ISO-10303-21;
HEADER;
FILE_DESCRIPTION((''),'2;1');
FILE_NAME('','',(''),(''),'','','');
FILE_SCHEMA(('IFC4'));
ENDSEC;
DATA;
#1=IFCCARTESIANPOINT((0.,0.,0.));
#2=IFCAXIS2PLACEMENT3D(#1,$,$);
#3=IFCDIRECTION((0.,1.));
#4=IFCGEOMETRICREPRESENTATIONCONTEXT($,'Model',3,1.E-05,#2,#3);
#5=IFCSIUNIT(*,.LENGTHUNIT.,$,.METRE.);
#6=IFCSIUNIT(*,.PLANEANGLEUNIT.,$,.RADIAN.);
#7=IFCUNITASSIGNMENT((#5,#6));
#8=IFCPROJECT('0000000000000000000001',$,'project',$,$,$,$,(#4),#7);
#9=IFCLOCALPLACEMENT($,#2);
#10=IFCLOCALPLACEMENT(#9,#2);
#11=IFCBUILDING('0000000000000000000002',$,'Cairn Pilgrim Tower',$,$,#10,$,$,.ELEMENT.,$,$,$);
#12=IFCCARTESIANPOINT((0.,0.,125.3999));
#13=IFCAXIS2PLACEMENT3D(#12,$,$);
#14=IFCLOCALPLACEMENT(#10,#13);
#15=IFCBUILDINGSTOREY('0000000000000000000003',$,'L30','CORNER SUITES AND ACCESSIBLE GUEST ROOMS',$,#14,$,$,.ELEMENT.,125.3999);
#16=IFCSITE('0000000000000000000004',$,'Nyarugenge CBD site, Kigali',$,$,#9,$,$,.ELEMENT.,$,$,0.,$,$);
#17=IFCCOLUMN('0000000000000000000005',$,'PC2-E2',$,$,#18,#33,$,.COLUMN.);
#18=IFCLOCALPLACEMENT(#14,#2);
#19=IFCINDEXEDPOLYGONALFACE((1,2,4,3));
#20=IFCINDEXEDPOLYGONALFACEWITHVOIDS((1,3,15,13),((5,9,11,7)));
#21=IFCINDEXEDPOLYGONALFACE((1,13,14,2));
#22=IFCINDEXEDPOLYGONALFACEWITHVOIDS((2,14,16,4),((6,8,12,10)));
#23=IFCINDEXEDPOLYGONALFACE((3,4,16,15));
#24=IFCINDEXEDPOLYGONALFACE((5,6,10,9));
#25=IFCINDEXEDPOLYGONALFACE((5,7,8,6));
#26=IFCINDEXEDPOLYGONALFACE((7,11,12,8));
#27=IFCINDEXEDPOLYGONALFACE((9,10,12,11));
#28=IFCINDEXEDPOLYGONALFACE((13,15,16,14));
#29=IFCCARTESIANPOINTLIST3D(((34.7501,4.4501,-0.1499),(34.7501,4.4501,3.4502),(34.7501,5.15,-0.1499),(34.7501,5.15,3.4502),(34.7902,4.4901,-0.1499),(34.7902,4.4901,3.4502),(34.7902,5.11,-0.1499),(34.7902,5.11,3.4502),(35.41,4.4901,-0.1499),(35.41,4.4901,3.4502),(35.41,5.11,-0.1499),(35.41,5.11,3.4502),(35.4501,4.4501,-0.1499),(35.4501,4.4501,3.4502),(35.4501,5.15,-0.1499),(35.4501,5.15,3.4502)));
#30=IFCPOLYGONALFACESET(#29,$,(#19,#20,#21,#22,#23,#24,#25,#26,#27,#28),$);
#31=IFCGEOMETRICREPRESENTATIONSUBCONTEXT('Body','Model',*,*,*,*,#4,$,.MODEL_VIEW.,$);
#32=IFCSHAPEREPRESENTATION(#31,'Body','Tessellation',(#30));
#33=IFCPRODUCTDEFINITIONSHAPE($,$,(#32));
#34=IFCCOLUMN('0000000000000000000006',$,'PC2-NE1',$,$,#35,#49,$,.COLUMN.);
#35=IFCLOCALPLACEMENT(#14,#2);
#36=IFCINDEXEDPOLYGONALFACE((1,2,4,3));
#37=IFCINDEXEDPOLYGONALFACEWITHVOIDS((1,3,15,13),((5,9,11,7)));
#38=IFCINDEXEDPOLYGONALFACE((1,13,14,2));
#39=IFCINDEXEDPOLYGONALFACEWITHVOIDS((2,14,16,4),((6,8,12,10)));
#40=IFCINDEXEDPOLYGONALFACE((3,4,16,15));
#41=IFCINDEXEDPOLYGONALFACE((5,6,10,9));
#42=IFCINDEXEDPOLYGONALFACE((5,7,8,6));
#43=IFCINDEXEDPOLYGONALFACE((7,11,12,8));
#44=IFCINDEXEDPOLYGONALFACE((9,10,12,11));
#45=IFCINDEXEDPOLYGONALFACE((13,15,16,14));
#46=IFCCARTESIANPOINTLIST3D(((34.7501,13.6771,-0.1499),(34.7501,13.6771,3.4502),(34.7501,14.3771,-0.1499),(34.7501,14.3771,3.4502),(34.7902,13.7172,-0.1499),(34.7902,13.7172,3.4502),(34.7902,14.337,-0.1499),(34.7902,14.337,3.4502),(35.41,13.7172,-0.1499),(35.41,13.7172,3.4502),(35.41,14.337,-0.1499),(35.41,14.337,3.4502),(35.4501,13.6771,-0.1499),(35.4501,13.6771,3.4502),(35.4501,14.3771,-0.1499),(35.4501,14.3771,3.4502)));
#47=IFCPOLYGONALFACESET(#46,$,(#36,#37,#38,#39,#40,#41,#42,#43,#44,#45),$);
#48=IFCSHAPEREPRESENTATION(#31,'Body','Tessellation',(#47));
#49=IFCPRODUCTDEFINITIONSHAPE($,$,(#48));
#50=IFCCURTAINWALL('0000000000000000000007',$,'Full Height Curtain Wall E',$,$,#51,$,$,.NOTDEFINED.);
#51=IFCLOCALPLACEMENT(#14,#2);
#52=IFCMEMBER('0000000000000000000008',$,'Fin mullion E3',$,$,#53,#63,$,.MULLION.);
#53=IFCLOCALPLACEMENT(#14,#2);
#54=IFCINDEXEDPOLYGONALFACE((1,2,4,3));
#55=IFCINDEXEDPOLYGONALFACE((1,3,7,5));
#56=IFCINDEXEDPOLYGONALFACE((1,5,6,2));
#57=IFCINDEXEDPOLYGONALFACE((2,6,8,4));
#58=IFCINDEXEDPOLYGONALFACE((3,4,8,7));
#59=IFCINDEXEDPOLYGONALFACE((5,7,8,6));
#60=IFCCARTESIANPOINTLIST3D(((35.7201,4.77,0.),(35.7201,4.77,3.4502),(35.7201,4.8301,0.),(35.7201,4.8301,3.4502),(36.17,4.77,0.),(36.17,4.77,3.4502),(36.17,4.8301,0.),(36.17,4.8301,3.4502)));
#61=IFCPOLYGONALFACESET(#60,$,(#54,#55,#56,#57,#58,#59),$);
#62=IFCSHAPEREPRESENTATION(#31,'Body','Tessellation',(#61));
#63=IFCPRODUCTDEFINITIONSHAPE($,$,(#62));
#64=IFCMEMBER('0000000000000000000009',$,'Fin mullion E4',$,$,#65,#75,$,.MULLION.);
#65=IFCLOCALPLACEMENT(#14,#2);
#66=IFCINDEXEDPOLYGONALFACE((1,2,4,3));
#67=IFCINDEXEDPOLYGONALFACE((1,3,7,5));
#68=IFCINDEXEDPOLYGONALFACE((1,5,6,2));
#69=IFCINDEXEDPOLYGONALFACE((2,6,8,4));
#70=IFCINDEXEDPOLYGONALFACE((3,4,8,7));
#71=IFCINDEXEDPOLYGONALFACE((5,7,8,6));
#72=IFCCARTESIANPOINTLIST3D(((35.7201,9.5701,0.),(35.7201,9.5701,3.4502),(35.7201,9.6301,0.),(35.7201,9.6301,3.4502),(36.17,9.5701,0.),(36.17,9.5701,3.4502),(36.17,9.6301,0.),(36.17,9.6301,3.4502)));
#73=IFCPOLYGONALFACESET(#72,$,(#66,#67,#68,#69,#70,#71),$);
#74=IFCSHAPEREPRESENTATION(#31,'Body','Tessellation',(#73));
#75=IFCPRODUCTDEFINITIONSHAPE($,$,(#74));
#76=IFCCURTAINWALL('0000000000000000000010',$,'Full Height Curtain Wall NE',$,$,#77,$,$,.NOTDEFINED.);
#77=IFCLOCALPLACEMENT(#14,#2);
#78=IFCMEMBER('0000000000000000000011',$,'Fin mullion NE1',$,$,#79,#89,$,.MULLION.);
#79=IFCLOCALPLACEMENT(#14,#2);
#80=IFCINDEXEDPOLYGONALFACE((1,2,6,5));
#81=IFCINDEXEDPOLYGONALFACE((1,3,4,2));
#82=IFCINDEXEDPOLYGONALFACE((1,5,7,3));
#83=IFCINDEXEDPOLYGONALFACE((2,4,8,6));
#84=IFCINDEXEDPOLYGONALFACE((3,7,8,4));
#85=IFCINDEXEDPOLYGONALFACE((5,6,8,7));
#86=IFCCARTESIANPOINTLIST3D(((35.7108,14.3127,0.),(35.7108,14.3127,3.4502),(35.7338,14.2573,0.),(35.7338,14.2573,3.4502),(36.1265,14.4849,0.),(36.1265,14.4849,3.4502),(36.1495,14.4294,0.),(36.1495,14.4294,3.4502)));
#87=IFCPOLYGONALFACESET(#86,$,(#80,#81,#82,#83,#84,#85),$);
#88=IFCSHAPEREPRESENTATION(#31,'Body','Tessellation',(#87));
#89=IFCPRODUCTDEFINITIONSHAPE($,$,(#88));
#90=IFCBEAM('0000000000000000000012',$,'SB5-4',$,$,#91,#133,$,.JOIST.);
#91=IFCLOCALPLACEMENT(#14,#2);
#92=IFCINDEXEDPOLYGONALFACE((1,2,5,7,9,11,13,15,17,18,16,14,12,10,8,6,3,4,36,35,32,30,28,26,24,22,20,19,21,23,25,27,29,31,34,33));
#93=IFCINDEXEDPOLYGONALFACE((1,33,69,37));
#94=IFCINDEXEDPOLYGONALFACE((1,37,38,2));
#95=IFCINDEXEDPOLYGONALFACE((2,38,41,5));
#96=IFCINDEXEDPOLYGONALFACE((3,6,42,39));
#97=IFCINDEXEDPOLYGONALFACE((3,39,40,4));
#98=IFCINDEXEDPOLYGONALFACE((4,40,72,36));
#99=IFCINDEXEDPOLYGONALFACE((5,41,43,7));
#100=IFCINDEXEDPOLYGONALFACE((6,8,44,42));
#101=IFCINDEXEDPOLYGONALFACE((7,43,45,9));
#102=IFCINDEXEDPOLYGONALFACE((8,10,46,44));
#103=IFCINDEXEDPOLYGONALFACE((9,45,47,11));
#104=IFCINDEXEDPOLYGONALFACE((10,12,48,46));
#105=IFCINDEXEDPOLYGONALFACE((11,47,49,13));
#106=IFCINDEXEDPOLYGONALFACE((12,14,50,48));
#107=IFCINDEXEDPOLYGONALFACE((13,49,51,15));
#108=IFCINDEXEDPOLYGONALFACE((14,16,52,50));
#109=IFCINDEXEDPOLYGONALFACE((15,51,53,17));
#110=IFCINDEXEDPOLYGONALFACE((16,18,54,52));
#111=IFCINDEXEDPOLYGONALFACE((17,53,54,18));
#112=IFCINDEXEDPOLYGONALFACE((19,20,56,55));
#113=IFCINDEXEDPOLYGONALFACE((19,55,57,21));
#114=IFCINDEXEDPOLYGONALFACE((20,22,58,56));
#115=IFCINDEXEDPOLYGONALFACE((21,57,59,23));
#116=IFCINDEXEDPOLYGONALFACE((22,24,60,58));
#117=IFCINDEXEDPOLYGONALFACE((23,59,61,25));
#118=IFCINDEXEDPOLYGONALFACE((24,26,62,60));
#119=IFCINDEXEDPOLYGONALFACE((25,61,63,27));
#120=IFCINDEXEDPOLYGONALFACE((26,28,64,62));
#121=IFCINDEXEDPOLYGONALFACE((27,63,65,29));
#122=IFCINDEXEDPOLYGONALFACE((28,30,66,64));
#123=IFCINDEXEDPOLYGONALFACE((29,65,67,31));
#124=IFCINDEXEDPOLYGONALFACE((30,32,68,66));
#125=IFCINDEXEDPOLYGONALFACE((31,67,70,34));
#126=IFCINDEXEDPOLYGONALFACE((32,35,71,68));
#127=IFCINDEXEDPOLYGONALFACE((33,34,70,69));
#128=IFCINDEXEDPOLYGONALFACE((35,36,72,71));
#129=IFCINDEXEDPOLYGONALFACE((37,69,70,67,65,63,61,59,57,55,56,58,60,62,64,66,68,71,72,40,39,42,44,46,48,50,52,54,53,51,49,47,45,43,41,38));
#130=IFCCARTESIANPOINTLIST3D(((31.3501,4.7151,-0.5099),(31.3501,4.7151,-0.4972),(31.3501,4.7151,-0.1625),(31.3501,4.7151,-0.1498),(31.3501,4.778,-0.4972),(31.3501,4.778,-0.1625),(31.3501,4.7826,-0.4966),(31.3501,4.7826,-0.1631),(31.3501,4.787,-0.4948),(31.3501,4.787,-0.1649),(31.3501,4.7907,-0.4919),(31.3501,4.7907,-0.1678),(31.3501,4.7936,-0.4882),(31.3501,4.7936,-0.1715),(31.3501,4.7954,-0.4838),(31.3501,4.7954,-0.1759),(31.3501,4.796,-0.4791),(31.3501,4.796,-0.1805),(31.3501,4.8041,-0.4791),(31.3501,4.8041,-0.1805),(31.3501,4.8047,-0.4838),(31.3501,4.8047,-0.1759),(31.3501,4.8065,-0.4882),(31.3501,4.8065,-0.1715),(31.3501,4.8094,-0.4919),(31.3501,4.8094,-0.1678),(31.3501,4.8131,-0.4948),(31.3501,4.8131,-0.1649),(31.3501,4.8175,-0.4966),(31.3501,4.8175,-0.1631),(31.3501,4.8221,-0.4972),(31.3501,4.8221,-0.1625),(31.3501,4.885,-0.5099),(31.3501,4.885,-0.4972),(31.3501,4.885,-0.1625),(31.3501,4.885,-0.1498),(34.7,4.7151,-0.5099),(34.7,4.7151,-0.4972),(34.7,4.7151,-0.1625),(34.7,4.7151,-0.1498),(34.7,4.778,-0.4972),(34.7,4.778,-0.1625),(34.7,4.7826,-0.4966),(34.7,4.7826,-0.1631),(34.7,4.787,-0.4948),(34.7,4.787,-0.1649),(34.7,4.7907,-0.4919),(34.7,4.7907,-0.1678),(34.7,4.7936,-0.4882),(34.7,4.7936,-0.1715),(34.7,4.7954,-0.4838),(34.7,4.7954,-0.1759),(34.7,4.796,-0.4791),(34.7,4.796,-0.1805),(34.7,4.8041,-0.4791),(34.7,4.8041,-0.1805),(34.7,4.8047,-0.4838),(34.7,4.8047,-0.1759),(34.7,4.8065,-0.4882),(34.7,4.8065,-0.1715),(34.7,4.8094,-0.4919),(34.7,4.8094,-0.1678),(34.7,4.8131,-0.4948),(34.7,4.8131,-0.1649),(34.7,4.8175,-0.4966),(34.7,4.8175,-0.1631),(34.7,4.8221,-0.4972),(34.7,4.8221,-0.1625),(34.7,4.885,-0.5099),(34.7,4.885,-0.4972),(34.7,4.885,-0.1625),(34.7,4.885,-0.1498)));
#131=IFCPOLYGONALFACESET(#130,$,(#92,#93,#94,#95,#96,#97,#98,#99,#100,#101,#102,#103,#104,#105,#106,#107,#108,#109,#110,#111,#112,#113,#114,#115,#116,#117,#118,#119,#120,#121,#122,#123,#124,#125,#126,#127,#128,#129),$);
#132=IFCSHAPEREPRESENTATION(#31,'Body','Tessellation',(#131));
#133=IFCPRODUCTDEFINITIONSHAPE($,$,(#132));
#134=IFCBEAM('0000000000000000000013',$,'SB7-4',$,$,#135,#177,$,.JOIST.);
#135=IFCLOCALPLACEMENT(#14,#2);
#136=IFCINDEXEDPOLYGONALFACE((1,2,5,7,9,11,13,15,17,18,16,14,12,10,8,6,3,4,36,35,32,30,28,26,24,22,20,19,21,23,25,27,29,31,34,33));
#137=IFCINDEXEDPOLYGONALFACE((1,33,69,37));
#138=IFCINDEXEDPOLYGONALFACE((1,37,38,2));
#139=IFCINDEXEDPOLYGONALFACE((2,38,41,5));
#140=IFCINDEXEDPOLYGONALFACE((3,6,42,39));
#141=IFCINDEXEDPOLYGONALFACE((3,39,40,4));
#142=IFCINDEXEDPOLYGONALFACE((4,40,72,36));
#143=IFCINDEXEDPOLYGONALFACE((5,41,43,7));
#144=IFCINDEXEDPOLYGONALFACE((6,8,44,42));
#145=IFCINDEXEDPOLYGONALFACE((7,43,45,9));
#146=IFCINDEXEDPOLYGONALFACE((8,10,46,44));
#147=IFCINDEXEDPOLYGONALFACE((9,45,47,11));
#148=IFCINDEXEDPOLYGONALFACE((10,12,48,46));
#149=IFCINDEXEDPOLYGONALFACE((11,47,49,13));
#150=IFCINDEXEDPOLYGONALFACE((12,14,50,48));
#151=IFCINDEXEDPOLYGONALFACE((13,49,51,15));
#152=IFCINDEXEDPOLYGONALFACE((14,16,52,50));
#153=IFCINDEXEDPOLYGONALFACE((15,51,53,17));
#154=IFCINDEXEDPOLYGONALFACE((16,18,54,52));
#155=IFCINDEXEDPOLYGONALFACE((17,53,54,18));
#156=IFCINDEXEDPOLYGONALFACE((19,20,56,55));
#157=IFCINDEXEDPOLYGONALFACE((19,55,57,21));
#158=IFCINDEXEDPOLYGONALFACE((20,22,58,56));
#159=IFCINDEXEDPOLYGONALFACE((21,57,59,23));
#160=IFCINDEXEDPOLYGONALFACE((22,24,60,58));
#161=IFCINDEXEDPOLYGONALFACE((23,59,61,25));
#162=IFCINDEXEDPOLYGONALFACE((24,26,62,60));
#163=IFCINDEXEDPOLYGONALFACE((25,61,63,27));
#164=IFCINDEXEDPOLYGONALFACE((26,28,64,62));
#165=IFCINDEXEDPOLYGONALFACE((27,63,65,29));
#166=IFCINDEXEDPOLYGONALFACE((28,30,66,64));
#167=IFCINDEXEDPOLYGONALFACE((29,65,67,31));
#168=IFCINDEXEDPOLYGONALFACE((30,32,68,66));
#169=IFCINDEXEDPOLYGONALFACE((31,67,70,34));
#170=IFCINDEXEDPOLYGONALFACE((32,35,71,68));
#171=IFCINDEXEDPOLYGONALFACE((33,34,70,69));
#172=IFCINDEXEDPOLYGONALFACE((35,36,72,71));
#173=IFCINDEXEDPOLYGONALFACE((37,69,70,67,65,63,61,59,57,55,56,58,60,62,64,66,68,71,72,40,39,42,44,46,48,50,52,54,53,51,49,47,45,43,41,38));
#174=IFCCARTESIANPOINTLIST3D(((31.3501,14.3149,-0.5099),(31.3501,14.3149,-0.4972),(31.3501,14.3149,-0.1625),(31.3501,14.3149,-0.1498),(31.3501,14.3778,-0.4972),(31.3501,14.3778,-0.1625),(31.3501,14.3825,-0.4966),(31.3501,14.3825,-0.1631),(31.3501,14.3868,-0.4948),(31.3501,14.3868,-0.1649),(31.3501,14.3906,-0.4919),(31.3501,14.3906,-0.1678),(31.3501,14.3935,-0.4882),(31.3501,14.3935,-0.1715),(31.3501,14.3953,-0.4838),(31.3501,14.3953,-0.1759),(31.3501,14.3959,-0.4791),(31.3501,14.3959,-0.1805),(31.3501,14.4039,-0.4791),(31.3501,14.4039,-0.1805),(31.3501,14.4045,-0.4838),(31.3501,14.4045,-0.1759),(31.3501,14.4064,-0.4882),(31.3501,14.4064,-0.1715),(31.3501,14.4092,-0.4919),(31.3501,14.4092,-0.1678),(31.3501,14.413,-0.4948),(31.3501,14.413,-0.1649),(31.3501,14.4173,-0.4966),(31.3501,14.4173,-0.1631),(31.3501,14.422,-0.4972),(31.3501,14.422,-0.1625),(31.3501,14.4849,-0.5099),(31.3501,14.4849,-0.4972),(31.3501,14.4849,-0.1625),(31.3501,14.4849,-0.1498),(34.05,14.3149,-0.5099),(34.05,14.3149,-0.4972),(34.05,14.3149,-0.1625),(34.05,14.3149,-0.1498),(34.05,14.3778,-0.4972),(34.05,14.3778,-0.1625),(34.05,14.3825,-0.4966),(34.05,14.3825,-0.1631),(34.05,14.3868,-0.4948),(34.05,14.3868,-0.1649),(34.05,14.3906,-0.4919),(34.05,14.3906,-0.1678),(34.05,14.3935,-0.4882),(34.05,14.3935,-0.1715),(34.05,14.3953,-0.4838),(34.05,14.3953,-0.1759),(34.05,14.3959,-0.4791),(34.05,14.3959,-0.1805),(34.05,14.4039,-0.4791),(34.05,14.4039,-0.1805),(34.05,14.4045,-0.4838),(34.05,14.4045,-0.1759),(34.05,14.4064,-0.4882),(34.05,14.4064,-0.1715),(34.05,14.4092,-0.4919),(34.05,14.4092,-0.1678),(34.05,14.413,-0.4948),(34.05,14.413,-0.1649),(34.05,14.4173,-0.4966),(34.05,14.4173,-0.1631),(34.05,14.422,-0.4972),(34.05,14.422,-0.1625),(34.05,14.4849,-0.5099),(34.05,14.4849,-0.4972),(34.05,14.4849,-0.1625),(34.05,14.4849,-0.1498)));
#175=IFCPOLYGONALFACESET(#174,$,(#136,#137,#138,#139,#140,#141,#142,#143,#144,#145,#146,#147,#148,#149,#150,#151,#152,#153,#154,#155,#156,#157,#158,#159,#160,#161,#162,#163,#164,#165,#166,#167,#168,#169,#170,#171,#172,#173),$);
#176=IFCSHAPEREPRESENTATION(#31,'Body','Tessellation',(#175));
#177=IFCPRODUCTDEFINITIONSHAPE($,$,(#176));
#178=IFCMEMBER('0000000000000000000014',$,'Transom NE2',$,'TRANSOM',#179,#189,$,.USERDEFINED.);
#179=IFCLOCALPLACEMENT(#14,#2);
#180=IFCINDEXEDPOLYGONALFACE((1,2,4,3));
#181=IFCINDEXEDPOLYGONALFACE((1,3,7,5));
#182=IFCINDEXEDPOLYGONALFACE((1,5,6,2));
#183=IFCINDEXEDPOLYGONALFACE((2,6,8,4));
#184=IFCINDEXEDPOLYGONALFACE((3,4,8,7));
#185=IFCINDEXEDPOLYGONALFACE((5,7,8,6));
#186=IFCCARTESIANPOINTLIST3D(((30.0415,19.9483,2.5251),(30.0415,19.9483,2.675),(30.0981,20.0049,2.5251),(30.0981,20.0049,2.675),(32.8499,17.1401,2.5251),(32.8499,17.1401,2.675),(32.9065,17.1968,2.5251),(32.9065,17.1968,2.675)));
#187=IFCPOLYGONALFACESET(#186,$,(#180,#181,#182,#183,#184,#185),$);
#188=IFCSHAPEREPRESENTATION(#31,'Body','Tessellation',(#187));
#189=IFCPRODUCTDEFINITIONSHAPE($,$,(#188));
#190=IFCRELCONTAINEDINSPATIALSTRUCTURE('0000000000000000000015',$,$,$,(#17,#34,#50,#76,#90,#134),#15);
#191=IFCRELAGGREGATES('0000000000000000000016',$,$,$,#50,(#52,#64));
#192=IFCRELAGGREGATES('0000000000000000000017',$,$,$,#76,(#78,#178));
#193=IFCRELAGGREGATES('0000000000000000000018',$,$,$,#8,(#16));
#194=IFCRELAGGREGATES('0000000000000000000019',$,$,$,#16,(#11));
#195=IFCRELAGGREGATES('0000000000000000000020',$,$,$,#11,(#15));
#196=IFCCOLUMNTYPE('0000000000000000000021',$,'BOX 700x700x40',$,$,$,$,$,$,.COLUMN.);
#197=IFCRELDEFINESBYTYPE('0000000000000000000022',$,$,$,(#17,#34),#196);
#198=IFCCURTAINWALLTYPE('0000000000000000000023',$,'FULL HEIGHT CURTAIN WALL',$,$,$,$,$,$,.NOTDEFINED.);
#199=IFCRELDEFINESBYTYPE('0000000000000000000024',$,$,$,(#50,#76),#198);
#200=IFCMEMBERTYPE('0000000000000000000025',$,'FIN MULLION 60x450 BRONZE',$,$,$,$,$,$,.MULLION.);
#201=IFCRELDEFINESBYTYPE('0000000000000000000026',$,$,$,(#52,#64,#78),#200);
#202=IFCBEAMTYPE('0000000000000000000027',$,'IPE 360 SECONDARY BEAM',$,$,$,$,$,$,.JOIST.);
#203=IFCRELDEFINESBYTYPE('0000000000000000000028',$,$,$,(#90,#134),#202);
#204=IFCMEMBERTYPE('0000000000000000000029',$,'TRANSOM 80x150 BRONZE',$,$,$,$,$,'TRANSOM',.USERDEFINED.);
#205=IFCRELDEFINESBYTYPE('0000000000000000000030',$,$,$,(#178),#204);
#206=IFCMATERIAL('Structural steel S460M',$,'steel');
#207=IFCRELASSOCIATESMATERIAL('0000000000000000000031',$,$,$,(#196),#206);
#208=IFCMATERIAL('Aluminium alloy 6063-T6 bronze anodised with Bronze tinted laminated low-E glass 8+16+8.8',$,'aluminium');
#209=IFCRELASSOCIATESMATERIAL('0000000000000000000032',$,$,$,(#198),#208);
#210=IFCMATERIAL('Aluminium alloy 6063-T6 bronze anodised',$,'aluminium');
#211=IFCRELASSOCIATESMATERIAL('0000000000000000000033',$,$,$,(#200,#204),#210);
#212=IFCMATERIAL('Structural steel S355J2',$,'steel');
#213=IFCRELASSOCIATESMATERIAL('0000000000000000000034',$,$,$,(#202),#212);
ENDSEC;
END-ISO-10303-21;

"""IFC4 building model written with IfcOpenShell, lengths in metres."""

from ifc_helpers import new_model, si_unit, direction, frame, origin, origin_2d, place, context, subcontext, project, spatial, rectangle, hollow_rectangle, i_section, extrude, material, material_profile, profile_set, type_object, element, aggregate, save


model = new_model("IFC4")

# Units and contexts
model_context = context("Model", 3, precision=1e-05, world=origin(), true_north=direction((0.0, 1.0)))
body_context = subcontext(model_context, "Body", "Model", "MODEL_VIEW")
ifc_project = project(units=[si_unit("LENGTHUNIT", "METRE"), si_unit("PLANEANGLEUNIT", "RADIAN")], contexts=[model_context])

# Site, building, storey
site_placement = place(None, origin())
site = spatial("IfcSite", under=ifc_project, at=site_placement, Name="Nyarugenge CBD site, Kigali", CompositionType="ELEMENT", RefElevation=0.0)
building_placement = place(site_placement, origin())
building = spatial("IfcBuilding", under=site, at=building_placement, Name="Cairn Pilgrim Tower", CompositionType="ELEMENT")
storey_placement = place(building_placement, frame((0.0, 0.0, 125.3999)))
storey = spatial("IfcBuildingStorey", under=building, at=storey_placement, Name="L30", Description="CORNER SUITES AND ACCESSIBLE GUEST ROOMS", CompositionType="ELEMENT", Elevation=125.3999)

# Columns
ifc_material_1 = material(Name="Structural steel S460M", Category="steel")
ifc_material_profile_1 = material_profile(ifc_material_1, hollow_rectangle(XDim=0.7, YDim=0.7, WallThickness=0.04, at=origin_2d()), Name="BOX 700x700x40")
ifc_profile_set_1 = profile_set([ifc_material_profile_1], Name="Structural steel S460M")
column_type = type_object("IfcColumnType", Name="BOX 700x700x40", PredefinedType="COLUMN", material=ifc_profile_set_1)
for number, where, z_axis, x_axis, name in (
    (1, (35.1001, 4.8, -0.1499), (0.0, 0.0, 1.0), (1.0, 0.0, 0.0), "PC2-E2"),
    (2, (35.1001, 14.0271, -0.1499), (0.0, 0.0, 1.0), (1.0, 0.0, 0.0), "PC2-NE1"),
):
    element("IfcColumn", number, at=place(storey_placement, frame(where, z_axis=z_axis, x_axis=x_axis)), inside=storey, type_object=column_type, Name=name, PredefinedType="COLUMN", context=body_context, shape_type="SweptSolid", body=[
        extrude(hollow_rectangle(XDim=0.7, YDim=0.7, WallThickness=0.04, at=origin_2d()), origin(), (0.0, 0.0, 1.0), 3.6001),
    ])

# Curtain wall, members
ifc_material_2 = material(Name="Aluminium alloy 6063-T6 bronze anodised with Bronze tinted laminated low-E glass 8+16+8.8", Category="aluminium")
curtain_wall_type = type_object("IfcCurtainWallType", Name="FULL HEIGHT CURTAIN WALL", PredefinedType="NOTDEFINED", material=ifc_material_2)
curtain_wall_1_placement = place(storey_placement, origin())
curtain_wall_1 = element("IfcCurtainWall", 3, at=curtain_wall_1_placement, inside=storey, type_object=curtain_wall_type, Name="Full Height Curtain Wall E", PredefinedType="NOTDEFINED")
ifc_material_3 = material(Name="Aluminium alloy 6063-T6 bronze anodised", Category="aluminium")
ifc_material_profile_2 = material_profile(ifc_material_3, rectangle(XDim=0.45, YDim=0.0601, at=origin_2d()), Name="FIN MULLION 60x450 BRONZE")
ifc_profile_set_2 = profile_set([ifc_material_profile_2], Name="Aluminium alloy 6063-T6 bronze anodised")
member_type_1 = type_object("IfcMemberType", Name="FIN MULLION 60x450 BRONZE", PredefinedType="MULLION", material=ifc_profile_set_2)
member_1_placement = place(storey_placement, frame((35.9451, 4.8, 0.0), z_axis=(0.0, 0.0, 1.0), x_axis=(1.0, 0.0, 0.0)))
member_1 = element("IfcMember", 4, at=member_1_placement, type_object=member_type_1, Name="Fin mullion E3", PredefinedType="MULLION", context=body_context, shape_type="SweptSolid", body=[
    extrude(rectangle(XDim=0.45, YDim=0.0601, at=origin_2d()), origin(), (0.0, 0.0, 1.0), 3.4502),
])
member_2_placement = place(storey_placement, frame((35.9451, 9.6001, 0.0), z_axis=(0.0, 0.0, 1.0), x_axis=(1.0, 0.0, 0.0)))
member_2 = element("IfcMember", 5, at=member_2_placement, type_object=member_type_1, Name="Fin mullion E4", PredefinedType="MULLION", context=body_context, shape_type="SweptSolid", body=[
    extrude(rectangle(XDim=0.45, YDim=0.0601, at=origin_2d()), origin(), (0.0, 0.0, 1.0), 3.4502),
])
aggregate(curtain_wall_1, [member_1, member_2])

# Curtain wall, member
curtain_wall_2_placement = place(storey_placement, origin())
curtain_wall_2 = element("IfcCurtainWall", 6, at=curtain_wall_2_placement, inside=storey, type_object=curtain_wall_type, Name="Full Height Curtain Wall NE", PredefinedType="NOTDEFINED")
member_3_placement = place(storey_placement, frame((35.9302, 14.3711, 0.0), z_axis=(0.0, 0.0, 1.0), x_axis=(0.92388, 0.382683, 0.0)))
member_3 = element("IfcMember", 7, at=member_3_placement, type_object=member_type_1, Name="Fin mullion NE1", PredefinedType="MULLION", context=body_context, shape_type="SweptSolid", body=[
    extrude(rectangle(XDim=0.45, YDim=0.0601, at=origin_2d()), origin(), (0.0, 0.0, 1.0), 3.4502),
])

# Beams
ifc_material_4 = material(Name="Structural steel S355J2", Category="steel")
ifc_material_profile_3 = material_profile(ifc_material_4, i_section(OverallWidth=0.1699, OverallDepth=0.3601, WebThickness=0.0081, FlangeThickness=0.0127, FilletRadius=0.0181, at=origin_2d()), Name="IPE 360")
ifc_profile_set_3 = profile_set([ifc_material_profile_3], Name="Structural steel S355J2")
beam_type = type_object("IfcBeamType", Name="IPE 360 SECONDARY BEAM", PredefinedType="JOIST", material=ifc_profile_set_3)
beam_1_placement = place(storey_placement, frame((31.3501, 4.8, -0.3298), z_axis=(1.0, 0.0, 0.0), x_axis=(0.0, 1.0, 0.0)))
element("IfcBeam", 8, at=beam_1_placement, inside=storey, type_object=beam_type, Name="SB5-4", PredefinedType="JOIST", context=body_context, shape_type="SweptSolid", body=[
    extrude(i_section(OverallWidth=0.1699, OverallDepth=0.3601, WebThickness=0.0081, FlangeThickness=0.0127, FilletRadius=0.0181, at=origin_2d()), origin(), (0.0, 0.0, 1.0), 3.3499),
])
beam_2_placement = place(storey_placement, frame((31.3501, 14.3999, -0.3298), z_axis=(1.0, 0.0, 0.0), x_axis=(0.0, 1.0, 0.0)))
element("IfcBeam", 9, at=beam_2_placement, inside=storey, type_object=beam_type, Name="SB7-4", PredefinedType="JOIST", context=body_context, shape_type="SweptSolid", body=[
    extrude(i_section(OverallWidth=0.1699, OverallDepth=0.3601, WebThickness=0.0081, FlangeThickness=0.0127, FilletRadius=0.0181, at=origin_2d()), origin(), (0.0, 0.0, 1.0), 2.7),
])

# Member
ifc_material_profile_4 = material_profile(ifc_material_3, rectangle(XDim=0.0801, YDim=0.1499, at=origin_2d()), Name="TRANSOM 80x150 BRONZE")
ifc_profile_set_4 = profile_set([ifc_material_profile_4], Name="Aluminium alloy 6063-T6 bronze anodised")
member_type_2 = type_object("IfcMemberType", Name="TRANSOM 80x150 BRONZE", ElementType="TRANSOM", PredefinedType="USERDEFINED", material=ifc_profile_set_4)
member_4_placement = place(storey_placement, frame((32.8782, 17.1685, 2.6001), z_axis=(-0.707138, 0.707076, 0.0), x_axis=(-0.707076, -0.707138, 0.0)))
member_4 = element("IfcMember", 10, at=member_4_placement, type_object=member_type_2, Name="Transom NE2", ObjectType="TRANSOM", PredefinedType="USERDEFINED", context=body_context, shape_type="SweptSolid", body=[
    extrude(rectangle(XDim=0.0801, YDim=0.1499, at=origin_2d()), origin(), (0.0, 0.0, 1.0), 3.9714),
])
aggregate(curtain_wall_2, [member_3, member_4])

save(model, "model.ifc")
